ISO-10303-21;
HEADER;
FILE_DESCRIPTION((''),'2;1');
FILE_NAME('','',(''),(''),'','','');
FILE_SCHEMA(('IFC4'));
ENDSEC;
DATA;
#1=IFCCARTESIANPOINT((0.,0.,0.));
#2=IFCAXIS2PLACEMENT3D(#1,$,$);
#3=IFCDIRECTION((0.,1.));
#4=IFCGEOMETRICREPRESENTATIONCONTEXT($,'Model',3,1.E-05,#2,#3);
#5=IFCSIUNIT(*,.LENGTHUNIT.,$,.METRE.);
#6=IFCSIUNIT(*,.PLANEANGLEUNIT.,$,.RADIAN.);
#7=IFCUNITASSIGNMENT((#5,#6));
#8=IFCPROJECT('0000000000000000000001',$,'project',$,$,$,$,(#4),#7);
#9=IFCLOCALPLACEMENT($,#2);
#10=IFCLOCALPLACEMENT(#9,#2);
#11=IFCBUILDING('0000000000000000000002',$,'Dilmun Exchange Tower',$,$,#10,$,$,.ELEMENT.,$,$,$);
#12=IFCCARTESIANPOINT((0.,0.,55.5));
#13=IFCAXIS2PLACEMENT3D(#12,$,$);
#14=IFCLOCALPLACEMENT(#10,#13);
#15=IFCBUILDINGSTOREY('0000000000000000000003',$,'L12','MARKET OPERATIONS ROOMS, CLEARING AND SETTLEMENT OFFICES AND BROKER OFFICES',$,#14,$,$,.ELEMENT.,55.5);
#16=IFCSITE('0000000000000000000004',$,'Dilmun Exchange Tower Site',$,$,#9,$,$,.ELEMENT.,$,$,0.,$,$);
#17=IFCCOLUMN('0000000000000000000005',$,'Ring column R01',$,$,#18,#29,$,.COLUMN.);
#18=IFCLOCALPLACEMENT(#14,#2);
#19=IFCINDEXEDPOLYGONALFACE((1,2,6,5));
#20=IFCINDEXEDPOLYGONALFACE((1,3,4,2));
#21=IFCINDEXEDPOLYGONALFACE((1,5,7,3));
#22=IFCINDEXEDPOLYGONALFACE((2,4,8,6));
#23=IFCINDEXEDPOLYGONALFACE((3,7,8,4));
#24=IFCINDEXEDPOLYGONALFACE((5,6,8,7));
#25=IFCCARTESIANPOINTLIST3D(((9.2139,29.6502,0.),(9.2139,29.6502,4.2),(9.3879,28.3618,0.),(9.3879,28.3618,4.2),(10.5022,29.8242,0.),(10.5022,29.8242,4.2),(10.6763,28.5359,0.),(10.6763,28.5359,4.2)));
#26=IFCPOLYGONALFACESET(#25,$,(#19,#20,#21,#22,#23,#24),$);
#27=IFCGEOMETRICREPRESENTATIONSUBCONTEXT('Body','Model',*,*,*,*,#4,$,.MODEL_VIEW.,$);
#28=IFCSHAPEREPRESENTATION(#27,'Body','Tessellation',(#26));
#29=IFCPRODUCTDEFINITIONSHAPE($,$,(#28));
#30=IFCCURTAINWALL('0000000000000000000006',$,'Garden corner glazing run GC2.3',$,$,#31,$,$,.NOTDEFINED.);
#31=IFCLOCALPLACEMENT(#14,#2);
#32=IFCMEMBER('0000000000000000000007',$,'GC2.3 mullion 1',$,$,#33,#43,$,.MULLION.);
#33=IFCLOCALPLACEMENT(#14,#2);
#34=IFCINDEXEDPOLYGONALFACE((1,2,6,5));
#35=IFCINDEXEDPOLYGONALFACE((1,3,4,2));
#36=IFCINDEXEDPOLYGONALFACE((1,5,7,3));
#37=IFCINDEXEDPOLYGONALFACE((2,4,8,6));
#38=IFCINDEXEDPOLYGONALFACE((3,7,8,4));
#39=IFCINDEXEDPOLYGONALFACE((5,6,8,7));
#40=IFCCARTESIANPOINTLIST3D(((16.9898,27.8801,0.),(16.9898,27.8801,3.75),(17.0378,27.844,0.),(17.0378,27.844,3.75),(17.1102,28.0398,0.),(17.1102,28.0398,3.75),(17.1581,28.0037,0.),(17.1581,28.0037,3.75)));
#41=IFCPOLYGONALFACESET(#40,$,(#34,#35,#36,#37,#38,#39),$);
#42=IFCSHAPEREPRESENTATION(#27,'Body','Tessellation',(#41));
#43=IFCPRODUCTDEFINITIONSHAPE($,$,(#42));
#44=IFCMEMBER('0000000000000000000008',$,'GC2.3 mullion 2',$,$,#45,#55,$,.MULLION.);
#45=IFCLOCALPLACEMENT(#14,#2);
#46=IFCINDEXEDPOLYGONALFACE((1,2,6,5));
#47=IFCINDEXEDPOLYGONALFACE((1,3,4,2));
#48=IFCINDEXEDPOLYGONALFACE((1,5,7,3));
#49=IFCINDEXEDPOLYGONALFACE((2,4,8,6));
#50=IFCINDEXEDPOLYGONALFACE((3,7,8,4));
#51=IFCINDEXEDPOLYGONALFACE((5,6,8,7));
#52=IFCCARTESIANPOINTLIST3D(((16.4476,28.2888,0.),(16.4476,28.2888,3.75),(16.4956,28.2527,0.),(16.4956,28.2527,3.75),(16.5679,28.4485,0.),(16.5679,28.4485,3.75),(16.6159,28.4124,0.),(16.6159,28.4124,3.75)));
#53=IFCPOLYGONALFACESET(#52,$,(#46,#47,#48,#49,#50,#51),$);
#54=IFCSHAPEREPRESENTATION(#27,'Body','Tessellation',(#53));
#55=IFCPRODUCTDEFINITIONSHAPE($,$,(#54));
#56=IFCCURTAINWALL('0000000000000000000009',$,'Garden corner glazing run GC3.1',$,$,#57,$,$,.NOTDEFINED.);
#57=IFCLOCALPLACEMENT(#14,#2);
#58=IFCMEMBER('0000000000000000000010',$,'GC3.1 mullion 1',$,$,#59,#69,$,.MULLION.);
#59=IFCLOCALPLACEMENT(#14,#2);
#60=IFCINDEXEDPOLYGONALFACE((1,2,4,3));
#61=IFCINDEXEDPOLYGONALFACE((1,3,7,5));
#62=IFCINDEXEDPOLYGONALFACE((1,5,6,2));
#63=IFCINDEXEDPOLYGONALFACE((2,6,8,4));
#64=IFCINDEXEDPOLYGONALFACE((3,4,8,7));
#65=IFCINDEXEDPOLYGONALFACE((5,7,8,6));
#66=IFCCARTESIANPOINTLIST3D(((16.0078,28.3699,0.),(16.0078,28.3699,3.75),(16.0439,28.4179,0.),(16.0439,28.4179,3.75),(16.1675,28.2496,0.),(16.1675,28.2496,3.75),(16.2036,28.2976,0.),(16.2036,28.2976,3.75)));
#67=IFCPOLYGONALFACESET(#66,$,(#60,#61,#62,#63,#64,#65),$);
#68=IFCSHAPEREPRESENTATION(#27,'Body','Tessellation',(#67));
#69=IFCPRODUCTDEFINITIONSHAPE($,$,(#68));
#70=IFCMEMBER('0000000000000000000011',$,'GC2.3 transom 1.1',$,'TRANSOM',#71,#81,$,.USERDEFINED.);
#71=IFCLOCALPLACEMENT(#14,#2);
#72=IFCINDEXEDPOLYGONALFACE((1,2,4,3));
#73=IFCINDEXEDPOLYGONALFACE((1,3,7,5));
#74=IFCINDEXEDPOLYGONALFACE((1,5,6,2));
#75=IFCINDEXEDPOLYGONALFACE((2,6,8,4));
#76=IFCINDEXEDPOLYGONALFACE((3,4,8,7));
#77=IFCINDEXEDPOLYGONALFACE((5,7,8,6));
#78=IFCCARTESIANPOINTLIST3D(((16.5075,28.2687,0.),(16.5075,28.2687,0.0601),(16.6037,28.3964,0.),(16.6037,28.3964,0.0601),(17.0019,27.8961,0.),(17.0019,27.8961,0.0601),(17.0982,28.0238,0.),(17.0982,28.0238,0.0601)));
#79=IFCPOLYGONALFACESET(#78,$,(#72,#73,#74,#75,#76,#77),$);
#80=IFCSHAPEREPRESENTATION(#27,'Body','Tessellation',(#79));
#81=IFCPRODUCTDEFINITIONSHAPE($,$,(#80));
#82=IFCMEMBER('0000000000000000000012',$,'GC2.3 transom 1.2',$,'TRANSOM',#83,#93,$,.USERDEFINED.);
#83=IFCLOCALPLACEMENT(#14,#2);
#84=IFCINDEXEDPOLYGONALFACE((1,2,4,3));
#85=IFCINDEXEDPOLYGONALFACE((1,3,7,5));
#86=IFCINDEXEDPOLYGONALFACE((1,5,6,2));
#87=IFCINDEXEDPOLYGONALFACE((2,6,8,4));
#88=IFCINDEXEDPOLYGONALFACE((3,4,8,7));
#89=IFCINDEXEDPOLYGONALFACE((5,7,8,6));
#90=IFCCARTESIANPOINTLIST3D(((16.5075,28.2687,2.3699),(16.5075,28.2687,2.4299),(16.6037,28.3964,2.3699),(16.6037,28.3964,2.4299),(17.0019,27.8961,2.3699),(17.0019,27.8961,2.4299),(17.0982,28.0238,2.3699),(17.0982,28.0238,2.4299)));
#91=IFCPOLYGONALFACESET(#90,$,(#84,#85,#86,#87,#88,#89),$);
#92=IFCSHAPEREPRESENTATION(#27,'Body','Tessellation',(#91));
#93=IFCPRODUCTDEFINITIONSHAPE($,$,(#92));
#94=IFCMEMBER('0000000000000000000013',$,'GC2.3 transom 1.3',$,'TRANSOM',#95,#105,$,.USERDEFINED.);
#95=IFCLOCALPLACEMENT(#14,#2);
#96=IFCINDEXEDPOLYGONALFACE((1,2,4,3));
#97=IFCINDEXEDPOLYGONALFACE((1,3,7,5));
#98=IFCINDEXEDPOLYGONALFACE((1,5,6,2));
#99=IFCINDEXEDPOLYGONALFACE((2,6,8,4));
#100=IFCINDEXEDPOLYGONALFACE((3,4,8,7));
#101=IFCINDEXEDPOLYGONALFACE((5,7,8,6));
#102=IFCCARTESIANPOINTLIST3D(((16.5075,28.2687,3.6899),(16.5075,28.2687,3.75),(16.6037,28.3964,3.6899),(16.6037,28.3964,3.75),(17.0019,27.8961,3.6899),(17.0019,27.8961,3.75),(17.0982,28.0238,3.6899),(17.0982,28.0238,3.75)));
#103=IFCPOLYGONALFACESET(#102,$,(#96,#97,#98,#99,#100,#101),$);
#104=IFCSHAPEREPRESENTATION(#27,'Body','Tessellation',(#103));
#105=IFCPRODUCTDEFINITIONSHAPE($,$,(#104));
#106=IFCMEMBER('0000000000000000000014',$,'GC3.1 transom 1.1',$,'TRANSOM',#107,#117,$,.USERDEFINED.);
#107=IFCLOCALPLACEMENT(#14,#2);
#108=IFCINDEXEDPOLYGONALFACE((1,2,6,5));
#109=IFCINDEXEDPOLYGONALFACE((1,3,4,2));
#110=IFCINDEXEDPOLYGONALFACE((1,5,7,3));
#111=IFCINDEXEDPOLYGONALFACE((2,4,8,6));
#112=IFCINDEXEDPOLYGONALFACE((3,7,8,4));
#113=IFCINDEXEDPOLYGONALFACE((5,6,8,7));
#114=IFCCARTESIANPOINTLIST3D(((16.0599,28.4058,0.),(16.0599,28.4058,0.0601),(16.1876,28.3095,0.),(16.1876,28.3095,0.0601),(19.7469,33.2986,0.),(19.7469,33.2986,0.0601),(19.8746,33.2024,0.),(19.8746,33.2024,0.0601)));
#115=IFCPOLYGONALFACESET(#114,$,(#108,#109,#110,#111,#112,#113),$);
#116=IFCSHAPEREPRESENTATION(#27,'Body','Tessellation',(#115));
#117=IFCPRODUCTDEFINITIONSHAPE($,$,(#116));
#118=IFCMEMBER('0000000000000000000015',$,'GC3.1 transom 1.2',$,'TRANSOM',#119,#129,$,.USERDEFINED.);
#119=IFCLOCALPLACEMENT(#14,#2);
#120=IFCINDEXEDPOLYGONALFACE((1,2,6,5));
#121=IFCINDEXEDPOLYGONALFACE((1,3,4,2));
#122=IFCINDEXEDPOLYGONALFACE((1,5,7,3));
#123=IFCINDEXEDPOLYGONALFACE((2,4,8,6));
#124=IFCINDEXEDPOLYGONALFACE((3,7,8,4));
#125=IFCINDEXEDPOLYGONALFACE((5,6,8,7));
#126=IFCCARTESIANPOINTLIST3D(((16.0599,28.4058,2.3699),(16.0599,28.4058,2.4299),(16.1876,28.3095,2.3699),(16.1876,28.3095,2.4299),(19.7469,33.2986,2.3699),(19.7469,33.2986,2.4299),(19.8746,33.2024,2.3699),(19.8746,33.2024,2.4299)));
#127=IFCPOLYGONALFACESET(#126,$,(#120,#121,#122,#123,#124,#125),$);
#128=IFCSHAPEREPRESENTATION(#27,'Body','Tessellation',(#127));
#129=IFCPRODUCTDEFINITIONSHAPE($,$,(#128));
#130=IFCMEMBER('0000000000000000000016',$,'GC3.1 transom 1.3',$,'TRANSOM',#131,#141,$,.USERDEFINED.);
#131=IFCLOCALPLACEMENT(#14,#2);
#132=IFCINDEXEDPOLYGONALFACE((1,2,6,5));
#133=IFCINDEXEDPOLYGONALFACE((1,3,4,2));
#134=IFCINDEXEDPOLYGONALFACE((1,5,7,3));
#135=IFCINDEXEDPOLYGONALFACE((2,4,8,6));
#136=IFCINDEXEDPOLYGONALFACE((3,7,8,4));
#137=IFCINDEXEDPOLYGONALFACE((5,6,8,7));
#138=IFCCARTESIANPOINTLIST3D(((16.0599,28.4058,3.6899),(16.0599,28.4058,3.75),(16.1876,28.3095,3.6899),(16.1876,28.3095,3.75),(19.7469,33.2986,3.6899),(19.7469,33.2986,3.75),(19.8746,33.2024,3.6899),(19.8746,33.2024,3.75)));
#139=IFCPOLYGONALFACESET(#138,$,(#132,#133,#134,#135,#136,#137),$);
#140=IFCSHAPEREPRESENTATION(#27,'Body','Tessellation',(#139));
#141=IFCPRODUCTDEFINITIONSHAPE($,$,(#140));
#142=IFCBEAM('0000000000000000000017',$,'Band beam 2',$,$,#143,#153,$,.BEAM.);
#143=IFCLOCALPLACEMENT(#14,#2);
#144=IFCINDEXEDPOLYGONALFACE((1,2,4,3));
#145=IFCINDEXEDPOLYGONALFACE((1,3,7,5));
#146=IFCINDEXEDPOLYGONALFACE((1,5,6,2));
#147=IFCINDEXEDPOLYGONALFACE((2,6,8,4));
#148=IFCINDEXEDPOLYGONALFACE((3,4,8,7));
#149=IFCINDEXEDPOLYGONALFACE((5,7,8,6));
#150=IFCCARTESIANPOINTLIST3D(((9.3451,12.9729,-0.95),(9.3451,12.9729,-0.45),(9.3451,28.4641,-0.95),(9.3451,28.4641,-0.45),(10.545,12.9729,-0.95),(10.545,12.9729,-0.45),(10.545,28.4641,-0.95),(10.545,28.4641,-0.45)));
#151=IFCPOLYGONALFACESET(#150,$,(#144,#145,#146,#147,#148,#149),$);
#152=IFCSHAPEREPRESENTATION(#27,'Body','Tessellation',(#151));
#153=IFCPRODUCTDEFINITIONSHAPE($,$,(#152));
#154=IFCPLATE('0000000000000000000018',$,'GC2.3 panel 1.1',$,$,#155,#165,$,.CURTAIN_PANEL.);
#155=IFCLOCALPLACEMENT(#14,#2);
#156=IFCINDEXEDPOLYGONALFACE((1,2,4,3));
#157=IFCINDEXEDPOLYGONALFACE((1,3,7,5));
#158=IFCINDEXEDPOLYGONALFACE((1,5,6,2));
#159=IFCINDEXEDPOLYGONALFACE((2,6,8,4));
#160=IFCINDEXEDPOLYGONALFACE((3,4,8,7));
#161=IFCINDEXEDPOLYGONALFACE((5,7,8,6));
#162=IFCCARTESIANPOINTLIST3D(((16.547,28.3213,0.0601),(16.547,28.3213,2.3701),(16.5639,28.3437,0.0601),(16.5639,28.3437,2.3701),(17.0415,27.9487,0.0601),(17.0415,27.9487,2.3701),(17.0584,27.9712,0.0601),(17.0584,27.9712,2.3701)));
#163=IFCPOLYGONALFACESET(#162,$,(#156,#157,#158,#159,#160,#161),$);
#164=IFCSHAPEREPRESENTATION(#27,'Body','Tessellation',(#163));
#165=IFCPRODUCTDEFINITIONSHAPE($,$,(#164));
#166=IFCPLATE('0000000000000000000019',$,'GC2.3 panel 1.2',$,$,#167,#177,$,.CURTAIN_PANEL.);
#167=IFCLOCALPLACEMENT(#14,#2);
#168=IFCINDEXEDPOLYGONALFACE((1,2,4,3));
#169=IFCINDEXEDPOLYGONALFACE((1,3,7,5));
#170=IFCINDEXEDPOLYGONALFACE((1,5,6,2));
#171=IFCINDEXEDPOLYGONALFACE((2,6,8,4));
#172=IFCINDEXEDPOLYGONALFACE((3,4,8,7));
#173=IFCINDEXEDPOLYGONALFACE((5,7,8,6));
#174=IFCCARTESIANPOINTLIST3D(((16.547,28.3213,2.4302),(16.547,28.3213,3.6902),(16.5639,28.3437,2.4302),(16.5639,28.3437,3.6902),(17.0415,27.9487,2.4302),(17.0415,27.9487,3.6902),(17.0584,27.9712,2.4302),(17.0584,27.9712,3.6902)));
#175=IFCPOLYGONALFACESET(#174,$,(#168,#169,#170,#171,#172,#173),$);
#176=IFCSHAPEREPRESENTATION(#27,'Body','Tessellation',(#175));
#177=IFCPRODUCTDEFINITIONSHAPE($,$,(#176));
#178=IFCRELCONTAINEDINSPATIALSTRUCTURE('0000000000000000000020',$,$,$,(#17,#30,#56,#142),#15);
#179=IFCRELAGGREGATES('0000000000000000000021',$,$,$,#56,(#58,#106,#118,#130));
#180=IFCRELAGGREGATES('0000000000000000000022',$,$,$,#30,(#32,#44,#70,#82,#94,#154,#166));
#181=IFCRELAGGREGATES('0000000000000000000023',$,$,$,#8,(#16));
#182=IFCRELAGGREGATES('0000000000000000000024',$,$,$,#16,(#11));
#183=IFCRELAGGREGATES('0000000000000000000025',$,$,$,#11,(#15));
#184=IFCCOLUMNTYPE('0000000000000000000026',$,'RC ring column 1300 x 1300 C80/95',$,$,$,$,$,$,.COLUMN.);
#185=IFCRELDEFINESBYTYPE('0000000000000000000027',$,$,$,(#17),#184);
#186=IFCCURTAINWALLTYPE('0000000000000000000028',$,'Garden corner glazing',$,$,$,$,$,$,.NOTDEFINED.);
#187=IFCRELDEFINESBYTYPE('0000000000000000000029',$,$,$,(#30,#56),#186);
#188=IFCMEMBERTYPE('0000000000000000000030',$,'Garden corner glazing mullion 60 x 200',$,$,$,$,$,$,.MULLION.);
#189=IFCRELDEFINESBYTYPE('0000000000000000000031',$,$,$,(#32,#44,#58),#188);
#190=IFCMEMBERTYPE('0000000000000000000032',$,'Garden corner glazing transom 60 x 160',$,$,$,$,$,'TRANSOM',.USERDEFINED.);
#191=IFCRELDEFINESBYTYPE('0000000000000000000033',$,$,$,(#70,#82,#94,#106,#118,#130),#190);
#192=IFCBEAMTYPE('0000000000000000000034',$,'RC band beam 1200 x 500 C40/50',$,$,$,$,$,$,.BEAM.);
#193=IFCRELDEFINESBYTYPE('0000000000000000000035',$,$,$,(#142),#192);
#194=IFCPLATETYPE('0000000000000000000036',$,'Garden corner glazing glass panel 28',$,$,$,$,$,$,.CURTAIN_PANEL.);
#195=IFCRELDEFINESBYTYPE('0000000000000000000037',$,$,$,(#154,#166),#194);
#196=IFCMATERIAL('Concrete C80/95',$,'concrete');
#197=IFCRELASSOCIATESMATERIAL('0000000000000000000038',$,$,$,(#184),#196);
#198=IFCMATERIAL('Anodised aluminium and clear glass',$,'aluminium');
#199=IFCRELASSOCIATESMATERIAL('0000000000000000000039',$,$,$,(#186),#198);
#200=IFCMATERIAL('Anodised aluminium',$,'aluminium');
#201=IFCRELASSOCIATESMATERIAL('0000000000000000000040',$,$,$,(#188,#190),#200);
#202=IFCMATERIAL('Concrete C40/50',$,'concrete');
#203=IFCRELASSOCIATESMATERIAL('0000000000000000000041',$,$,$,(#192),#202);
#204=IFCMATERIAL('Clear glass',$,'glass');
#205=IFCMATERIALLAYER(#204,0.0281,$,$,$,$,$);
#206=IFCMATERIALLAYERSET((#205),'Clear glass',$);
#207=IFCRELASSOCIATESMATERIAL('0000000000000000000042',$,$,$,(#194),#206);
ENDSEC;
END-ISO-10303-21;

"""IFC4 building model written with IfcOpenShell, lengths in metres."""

from ifc_helpers import new_model, si_unit, direction, frame, origin, origin_2d, place, context, subcontext, project, spatial, rectangle, extrude, material, layer, layer_set, material_profile, profile_set, type_object, element, aggregate, save


model = new_model("IFC4")

# Units and contexts
model_context = context("Model", 3, precision=1e-05, world=origin(), true_north=direction((0.0, 1.0)))
body_context = subcontext(model_context, "Body", "Model", "MODEL_VIEW")
ifc_project = project(units=[si_unit("LENGTHUNIT", "METRE"), si_unit("PLANEANGLEUNIT", "RADIAN")], contexts=[model_context])

# Site, building, storey
site_placement = place(None, origin())
site = spatial("IfcSite", under=ifc_project, at=site_placement, Name="Dilmun Exchange Tower Site", CompositionType="ELEMENT", RefElevation=0.0)
building_placement = place(site_placement, origin())
building = spatial("IfcBuilding", under=site, at=building_placement, Name="Dilmun Exchange Tower", CompositionType="ELEMENT")
storey_placement = place(building_placement, frame((0.0, 0.0, 55.5)))
storey = spatial("IfcBuildingStorey", under=building, at=storey_placement, Name="L12", Description="MARKET OPERATIONS ROOMS, CLEARING AND SETTLEMENT OFFICES AND BROKER OFFICES", CompositionType="ELEMENT", Elevation=55.5)

# Column
ifc_material_1 = material(Name="Concrete C80/95", Category="concrete")
ifc_material_profile_1 = material_profile(ifc_material_1, rectangle(XDim=1.3, YDim=1.3, at=origin_2d()), Name="1300 x 1300")
ifc_profile_set_1 = profile_set([ifc_material_profile_1], Name="Concrete C80/95")
column_type = type_object("IfcColumnType", Name="RC ring column 1300 x 1300 C80/95", PredefinedType="COLUMN", material=ifc_profile_set_1)
column_placement = place(storey_placement, frame((9.9451, 29.093, 0.0), z_axis=(0.0, 0.0, 1.0), x_axis=(0.991001, 0.133853, 0.0)))
element("IfcColumn", 1, at=column_placement, inside=storey, type_object=column_type, Name="Ring column R01", PredefinedType="COLUMN", context=body_context, shape_type="SweptSolid", body=[
    extrude(rectangle(XDim=1.3, YDim=1.3, at=origin_2d()), origin(), (0.0, 0.0, 1.0), 4.2),
])

# Curtain wall, members
ifc_material_2 = material(Name="Anodised aluminium and clear glass", Category="aluminium")
curtain_wall_type = type_object("IfcCurtainWallType", Name="Garden corner glazing", PredefinedType="NOTDEFINED", material=ifc_material_2)
curtain_wall_1_placement = place(storey_placement, origin())
curtain_wall_1 = element("IfcCurtainWall", 2, at=curtain_wall_1_placement, inside=storey, type_object=curtain_wall_type, Name="Garden corner glazing run GC2.3", PredefinedType="NOTDEFINED")
ifc_material_3 = material(Name="Anodised aluminium", Category="aluminium")
ifc_material_profile_2 = material_profile(ifc_material_3, rectangle(XDim=0.2, YDim=0.0601, at=origin_2d()), Name="AL 60x200")
ifc_profile_set_2 = profile_set([ifc_material_profile_2], Name="Anodised aluminium")
member_type_1 = type_object("IfcMemberType", Name="Garden corner glazing mullion 60 x 200", PredefinedType="MULLION", material=ifc_profile_set_2)
member_1_placement = place(storey_placement, frame((17.074, 27.9419, 0.0), z_axis=(0.0, 0.0, 1.0), x_axis=(-0.601795, -0.79865, 0.0)))
member_1 = element("IfcMember", 3, at=member_1_placement, type_object=member_type_1, Name="GC2.3 mullion 1", PredefinedType="MULLION", context=body_context, shape_type="SweptSolid", body=[
    extrude(rectangle(XDim=0.2, YDim=0.0601, at=origin_2d()), origin(), (0.0, 0.0, 1.0), 3.75),
])
member_2_placement = place(storey_placement, frame((16.5317, 28.3506, 0.0), z_axis=(0.0, 0.0, 1.0), x_axis=(-0.601795, -0.79865, 0.0)))
member_2 = element("IfcMember", 4, at=member_2_placement, type_object=member_type_1, Name="GC2.3 mullion 2", PredefinedType="MULLION", context=body_context, shape_type="SweptSolid", body=[
    extrude(rectangle(XDim=0.2, YDim=0.0601, at=origin_2d()), origin(), (0.0, 0.0, 1.0), 3.75),
])

# Curtain wall, member
curtain_wall_2_placement = place(storey_placement, origin())
curtain_wall_2 = element("IfcCurtainWall", 5, at=curtain_wall_2_placement, inside=storey, type_object=curtain_wall_type, Name="Garden corner glazing run GC3.1", PredefinedType="NOTDEFINED")
member_3_placement = place(storey_placement, frame((16.1057, 28.3337, 0.0), z_axis=(0.0, 0.0, 1.0), x_axis=(-0.798634, 0.601817, 0.0)))
member_3 = element("IfcMember", 6, at=member_3_placement, type_object=member_type_1, Name="GC3.1 mullion 1", PredefinedType="MULLION", context=body_context, shape_type="SweptSolid", body=[
    extrude(rectangle(XDim=0.2, YDim=0.0601, at=origin_2d()), origin(), (0.0, 0.0, 1.0), 3.75),
])

# Members
ifc_material_profile_3 = material_profile(ifc_material_3, rectangle(XDim=0.1599, YDim=0.0601, at=origin_2d()), Name="AL 60x160")
ifc_profile_set_3 = profile_set([ifc_material_profile_3], Name="Anodised aluminium")
member_type_2 = type_object("IfcMemberType", Name="Garden corner glazing transom 60 x 160", ElementType="TRANSOM", PredefinedType="USERDEFINED", material=ifc_profile_set_3)
member_4_placement = place(storey_placement, frame((17.05, 27.96, 0.03), z_axis=(-0.798625, 0.601828, 0.0), x_axis=(-0.601828, -0.798625, 0.0)))
member_4 = element("IfcMember", 7, at=member_4_placement, type_object=member_type_2, Name="GC2.3 transom 1.1", ObjectType="TRANSOM", PredefinedType="USERDEFINED", context=body_context, shape_type="SweptSolid", body=[
    extrude(rectangle(XDim=0.1599, YDim=0.0601, at=origin_2d()), origin(), (0.0, 0.0, 1.0), 0.6191),
])
member_5_placement = place(storey_placement, frame((17.05, 27.96, 2.3999), z_axis=(-0.798625, 0.601828, 0.0), x_axis=(-0.601828, -0.798625, 0.0)))
member_5 = element("IfcMember", 8, at=member_5_placement, type_object=member_type_2, Name="GC2.3 transom 1.2", ObjectType="TRANSOM", PredefinedType="USERDEFINED", context=body_context, shape_type="SweptSolid", body=[
    extrude(rectangle(XDim=0.1599, YDim=0.0601, at=origin_2d()), origin(), (0.0, 0.0, 1.0), 0.6191),
])
member_6_placement = place(storey_placement, frame((17.05, 27.96, 3.72), z_axis=(-0.798625, 0.601828, 0.0), x_axis=(-0.601828, -0.798625, 0.0)))
member_6 = element("IfcMember", 9, at=member_6_placement, type_object=member_type_2, Name="GC2.3 transom 1.3", ObjectType="TRANSOM", PredefinedType="USERDEFINED", context=body_context, shape_type="SweptSolid", body=[
    extrude(rectangle(XDim=0.1599, YDim=0.0601, at=origin_2d()), origin(), (0.0, 0.0, 1.0), 0.6191),
])
member_7_placement = place(storey_placement, frame((16.1238, 28.3577, 0.03), z_axis=(0.601816, 0.798635, 0.0), x_axis=(-0.798635, 0.601816, 0.0)))
member_7 = element("IfcMember", 10, at=member_7_placement, type_object=member_type_2, Name="GC3.1 transom 1.1", ObjectType="TRANSOM", PredefinedType="USERDEFINED", context=body_context, shape_type="SweptSolid", body=[
    extrude(rectangle(XDim=0.1599, YDim=0.0601, at=origin_2d()), origin(), (0.0, 0.0, 1.0), 6.1265),
])
member_8_placement = place(storey_placement, frame((16.1238, 28.3577, 2.3999), z_axis=(0.601816, 0.798635, 0.0), x_axis=(-0.798635, 0.601816, 0.0)))
member_8 = element("IfcMember", 11, at=member_8_placement, type_object=member_type_2, Name="GC3.1 transom 1.2", ObjectType="TRANSOM", PredefinedType="USERDEFINED", context=body_context, shape_type="SweptSolid", body=[
    extrude(rectangle(XDim=0.1599, YDim=0.0601, at=origin_2d()), origin(), (0.0, 0.0, 1.0), 6.1265),
])
member_9_placement = place(storey_placement, frame((16.1238, 28.3577, 3.72), z_axis=(0.601816, 0.798635, 0.0), x_axis=(-0.798635, 0.601816, 0.0)))
member_9 = element("IfcMember", 12, at=member_9_placement, type_object=member_type_2, Name="GC3.1 transom 1.3", ObjectType="TRANSOM", PredefinedType="USERDEFINED", context=body_context, shape_type="SweptSolid", body=[
    extrude(rectangle(XDim=0.1599, YDim=0.0601, at=origin_2d()), origin(), (0.0, 0.0, 1.0), 6.1265),
])
aggregate(curtain_wall_2, [member_3, member_7, member_8, member_9])

# Beam
ifc_material_4 = material(Name="Concrete C40/50", Category="concrete")
ifc_material_profile_4 = material_profile(ifc_material_4, rectangle(XDim=1.2, YDim=0.5, at=origin_2d()), Name="1200 x 500")
ifc_profile_set_4 = profile_set([ifc_material_profile_4], Name="Concrete C40/50")
beam_type = type_object("IfcBeamType", Name="RC band beam 1200 x 500 C40/50", PredefinedType="BEAM", material=ifc_profile_set_4)
beam_placement = place(storey_placement, frame((9.9451, 28.4641, -0.7), z_axis=(0.0, -1.0, 0.0), x_axis=(1.0, 0.0, 0.0)))
element("IfcBeam", 13, at=beam_placement, inside=storey, type_object=beam_type, Name="Band beam 2", PredefinedType="BEAM", context=body_context, shape_type="SweptSolid", body=[
    extrude(rectangle(XDim=1.2, YDim=0.5, at=origin_2d()), origin(), (0.0, 0.0, 1.0), 15.4912),
])

# Plates
ifc_material_5 = material(Name="Clear glass", Category="glass")
ifc_layer = layer(ifc_material_5, 0.0281)
ifc_layer_set = layer_set([ifc_layer], Name="Clear glass")
plate_type = type_object("IfcPlateType", Name="Garden corner glazing glass panel 28", PredefinedType="CURTAIN_PANEL", material=ifc_layer_set)
plate_1_placement = place(storey_placement, frame((16.8027, 28.1462, 0.0601), z_axis=(0.0, 0.0, 1.0), x_axis=(-0.79865, 0.601795, 0.0)))
plate_1 = element("IfcPlate", 14, at=plate_1_placement, type_object=plate_type, Name="GC2.3 panel 1.1", PredefinedType="CURTAIN_PANEL", context=body_context, shape_type="SweptSolid", body=[
    extrude(rectangle(XDim=0.6191, YDim=0.0281, at=origin_2d()), origin(), (0.0, 0.0, 1.0), 2.3101),
])
plate_2_placement = place(storey_placement, frame((16.8027, 28.1462, 2.4302), z_axis=(0.0, 0.0, 1.0), x_axis=(-0.79865, 0.601795, 0.0)))
plate_2 = element("IfcPlate", 15, at=plate_2_placement, type_object=plate_type, Name="GC2.3 panel 1.2", PredefinedType="CURTAIN_PANEL", context=body_context, shape_type="SweptSolid", body=[
    extrude(rectangle(XDim=0.6191, YDim=0.0281, at=origin_2d()), origin(), (0.0, 0.0, 1.0), 1.26),
])
aggregate(curtain_wall_1, [member_1, member_2, member_4, member_5, member_6, plate_1, plate_2])

save(model, "model.ifc")
